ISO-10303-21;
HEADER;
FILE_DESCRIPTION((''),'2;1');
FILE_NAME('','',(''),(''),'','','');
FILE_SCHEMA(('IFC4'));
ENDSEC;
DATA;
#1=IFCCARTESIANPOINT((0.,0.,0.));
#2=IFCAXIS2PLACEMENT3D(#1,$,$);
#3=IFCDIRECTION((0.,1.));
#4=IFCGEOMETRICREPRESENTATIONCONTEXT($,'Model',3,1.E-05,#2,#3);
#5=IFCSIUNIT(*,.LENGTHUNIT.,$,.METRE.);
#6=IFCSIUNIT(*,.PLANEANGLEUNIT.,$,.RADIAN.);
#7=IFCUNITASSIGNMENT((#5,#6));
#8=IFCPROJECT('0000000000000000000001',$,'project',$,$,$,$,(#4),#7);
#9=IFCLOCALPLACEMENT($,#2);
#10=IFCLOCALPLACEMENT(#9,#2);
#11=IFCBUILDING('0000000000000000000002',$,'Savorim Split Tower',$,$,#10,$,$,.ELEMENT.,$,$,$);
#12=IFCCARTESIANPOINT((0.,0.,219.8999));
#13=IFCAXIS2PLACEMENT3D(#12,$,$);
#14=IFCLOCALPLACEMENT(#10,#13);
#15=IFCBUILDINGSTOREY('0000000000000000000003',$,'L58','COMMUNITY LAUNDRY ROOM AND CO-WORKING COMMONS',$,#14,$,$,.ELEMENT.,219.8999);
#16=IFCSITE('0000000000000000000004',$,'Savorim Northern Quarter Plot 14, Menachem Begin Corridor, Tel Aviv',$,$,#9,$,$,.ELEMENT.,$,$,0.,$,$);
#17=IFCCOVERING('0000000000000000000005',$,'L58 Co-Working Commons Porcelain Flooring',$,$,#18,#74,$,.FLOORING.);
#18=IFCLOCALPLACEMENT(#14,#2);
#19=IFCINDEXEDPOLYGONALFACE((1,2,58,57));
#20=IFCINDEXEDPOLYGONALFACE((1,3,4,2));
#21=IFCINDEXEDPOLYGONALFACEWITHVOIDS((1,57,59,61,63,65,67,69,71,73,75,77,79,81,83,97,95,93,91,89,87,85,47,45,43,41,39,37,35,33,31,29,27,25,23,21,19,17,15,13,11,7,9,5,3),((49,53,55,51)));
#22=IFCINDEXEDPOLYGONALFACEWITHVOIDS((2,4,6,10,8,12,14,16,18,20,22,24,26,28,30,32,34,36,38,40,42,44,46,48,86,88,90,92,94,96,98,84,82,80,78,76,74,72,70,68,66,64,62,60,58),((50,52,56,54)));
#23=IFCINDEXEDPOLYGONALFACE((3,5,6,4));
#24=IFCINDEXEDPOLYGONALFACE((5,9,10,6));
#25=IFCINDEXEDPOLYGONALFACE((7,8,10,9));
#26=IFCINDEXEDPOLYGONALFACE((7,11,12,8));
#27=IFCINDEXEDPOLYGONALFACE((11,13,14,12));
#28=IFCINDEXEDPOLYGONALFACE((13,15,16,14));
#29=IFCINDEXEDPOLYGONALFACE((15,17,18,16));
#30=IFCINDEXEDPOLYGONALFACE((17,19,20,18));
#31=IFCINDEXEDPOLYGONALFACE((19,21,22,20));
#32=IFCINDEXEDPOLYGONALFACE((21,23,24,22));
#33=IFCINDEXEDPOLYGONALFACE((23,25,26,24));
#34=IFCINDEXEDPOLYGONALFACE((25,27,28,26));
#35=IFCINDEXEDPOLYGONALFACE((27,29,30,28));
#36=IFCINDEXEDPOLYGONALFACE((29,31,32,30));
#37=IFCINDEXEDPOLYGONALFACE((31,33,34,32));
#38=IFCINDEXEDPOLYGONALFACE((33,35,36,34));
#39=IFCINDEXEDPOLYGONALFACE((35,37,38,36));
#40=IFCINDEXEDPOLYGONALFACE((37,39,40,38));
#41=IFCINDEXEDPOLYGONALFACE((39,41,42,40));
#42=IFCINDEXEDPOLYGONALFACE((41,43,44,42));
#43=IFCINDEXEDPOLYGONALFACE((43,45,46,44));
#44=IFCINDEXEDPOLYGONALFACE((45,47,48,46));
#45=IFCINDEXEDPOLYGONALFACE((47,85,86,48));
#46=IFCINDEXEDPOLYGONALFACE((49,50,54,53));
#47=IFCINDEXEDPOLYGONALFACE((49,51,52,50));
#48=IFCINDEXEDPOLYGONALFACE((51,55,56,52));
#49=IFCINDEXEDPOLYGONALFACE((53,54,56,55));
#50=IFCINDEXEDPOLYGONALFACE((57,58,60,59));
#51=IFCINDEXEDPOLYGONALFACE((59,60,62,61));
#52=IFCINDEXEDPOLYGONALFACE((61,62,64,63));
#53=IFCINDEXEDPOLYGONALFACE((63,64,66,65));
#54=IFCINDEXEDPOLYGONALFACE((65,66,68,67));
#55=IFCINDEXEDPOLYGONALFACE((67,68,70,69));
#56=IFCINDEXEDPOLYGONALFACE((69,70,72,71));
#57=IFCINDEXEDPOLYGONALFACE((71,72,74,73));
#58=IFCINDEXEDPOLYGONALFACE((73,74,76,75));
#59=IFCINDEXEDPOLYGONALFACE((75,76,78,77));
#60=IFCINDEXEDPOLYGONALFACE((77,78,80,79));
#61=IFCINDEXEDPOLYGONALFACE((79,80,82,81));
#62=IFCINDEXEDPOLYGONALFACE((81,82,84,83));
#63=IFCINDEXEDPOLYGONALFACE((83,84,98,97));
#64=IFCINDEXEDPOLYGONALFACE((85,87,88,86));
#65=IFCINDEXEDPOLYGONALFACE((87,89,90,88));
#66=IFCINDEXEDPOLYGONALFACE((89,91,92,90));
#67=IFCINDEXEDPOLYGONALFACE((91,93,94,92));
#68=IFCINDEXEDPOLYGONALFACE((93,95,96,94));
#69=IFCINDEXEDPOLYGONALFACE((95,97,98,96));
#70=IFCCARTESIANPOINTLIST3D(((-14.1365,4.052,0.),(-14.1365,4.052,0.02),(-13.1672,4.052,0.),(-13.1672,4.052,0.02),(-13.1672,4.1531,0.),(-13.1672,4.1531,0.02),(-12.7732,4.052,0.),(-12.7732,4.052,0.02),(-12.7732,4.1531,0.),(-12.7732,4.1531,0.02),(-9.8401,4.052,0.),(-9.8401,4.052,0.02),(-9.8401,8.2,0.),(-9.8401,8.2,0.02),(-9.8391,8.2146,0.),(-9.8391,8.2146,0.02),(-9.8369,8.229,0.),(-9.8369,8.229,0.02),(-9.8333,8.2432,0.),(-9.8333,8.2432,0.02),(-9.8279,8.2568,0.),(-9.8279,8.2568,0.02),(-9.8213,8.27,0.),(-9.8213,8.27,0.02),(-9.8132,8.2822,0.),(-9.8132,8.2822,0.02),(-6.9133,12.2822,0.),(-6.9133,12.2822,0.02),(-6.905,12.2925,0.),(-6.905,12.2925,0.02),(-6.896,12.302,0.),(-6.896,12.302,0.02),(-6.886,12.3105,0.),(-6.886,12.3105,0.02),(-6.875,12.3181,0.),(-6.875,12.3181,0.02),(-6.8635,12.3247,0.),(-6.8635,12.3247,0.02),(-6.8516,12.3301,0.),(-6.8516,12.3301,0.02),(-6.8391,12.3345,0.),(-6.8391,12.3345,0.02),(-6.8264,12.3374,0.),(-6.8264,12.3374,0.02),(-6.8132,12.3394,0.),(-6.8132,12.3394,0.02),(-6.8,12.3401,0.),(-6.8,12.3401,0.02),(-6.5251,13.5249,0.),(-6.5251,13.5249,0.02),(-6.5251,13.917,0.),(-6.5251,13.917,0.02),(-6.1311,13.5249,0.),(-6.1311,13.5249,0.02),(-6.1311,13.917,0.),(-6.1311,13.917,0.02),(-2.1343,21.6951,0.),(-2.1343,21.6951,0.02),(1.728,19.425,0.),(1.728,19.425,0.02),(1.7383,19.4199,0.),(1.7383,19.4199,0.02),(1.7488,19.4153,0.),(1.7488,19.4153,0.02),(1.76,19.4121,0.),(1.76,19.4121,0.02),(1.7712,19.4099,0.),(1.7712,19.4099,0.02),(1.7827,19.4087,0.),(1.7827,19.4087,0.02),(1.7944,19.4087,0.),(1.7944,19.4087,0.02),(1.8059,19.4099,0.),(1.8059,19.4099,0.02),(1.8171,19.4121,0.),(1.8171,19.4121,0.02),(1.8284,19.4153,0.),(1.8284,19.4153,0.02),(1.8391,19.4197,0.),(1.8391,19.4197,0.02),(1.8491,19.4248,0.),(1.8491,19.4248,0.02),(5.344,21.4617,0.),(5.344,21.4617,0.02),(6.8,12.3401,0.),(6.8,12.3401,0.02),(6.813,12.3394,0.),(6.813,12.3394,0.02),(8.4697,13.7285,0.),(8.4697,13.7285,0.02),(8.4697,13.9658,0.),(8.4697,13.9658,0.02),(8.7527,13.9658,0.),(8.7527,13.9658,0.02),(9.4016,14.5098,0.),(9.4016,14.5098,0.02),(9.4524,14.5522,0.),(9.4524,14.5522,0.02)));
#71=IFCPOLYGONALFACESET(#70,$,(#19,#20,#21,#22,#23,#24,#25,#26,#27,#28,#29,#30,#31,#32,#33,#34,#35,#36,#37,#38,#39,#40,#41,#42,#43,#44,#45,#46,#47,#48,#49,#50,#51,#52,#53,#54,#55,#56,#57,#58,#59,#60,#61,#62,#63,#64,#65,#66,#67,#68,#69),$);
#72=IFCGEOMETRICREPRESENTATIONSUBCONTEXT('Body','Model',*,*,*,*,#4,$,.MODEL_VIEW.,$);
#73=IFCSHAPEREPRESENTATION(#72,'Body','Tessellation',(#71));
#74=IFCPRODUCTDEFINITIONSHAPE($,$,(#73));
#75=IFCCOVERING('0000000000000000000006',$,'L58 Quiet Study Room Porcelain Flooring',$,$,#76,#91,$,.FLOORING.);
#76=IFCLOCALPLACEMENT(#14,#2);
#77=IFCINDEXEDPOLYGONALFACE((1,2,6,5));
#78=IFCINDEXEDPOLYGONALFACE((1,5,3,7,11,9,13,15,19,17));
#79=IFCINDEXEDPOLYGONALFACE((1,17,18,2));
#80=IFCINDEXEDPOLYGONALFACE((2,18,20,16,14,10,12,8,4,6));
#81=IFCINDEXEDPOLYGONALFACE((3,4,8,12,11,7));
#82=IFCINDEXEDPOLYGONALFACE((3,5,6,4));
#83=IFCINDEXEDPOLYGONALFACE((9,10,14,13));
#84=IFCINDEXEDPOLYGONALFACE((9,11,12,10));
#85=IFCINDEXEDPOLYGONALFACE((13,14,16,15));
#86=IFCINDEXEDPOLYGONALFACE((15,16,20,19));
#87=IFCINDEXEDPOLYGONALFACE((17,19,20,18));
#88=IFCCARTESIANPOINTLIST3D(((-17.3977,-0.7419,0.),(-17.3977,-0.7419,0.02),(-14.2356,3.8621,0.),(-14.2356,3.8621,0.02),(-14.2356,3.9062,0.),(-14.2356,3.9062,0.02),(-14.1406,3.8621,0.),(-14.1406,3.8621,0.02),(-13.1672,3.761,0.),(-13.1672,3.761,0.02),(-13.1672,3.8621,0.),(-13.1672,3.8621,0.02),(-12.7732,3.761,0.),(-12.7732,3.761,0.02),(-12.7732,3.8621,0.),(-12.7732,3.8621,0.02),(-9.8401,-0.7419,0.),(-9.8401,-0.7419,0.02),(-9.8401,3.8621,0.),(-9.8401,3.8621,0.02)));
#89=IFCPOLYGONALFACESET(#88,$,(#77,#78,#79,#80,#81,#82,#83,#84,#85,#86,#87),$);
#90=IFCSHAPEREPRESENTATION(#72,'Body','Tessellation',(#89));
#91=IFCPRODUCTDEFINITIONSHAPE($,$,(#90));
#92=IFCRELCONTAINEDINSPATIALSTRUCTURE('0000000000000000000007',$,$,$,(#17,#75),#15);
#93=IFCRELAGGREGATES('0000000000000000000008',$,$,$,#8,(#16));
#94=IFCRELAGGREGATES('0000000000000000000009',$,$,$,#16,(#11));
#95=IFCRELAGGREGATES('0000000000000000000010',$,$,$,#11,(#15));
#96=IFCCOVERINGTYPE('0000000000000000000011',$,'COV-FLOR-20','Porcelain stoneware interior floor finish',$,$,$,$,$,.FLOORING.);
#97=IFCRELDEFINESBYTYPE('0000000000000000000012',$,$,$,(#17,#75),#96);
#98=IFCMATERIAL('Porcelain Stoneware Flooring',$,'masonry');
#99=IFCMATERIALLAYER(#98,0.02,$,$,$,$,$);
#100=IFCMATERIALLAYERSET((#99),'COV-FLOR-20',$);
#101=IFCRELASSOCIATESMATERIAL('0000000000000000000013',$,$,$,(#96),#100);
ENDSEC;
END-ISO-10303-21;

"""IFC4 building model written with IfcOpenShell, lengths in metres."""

from ifc_helpers import new_model, si_unit, direction, frame, origin, place, context, subcontext, project, spatial, polyline, outline, extrude, material, layer, layer_set, type_object, element, save


model = new_model("IFC4")

# Units and contexts
model_context = context("Model", 3, precision=1e-05, world=origin(), true_north=direction((0.0, 1.0)))
body_context = subcontext(model_context, "Body", "Model", "MODEL_VIEW")
ifc_project = project(units=[si_unit("LENGTHUNIT", "METRE"), si_unit("PLANEANGLEUNIT", "RADIAN")], contexts=[model_context])

# Site, building, storey
site_placement = place(None, origin())
site = spatial("IfcSite", under=ifc_project, at=site_placement, Name="Savorim Northern Quarter Plot 14, Menachem Begin Corridor, Tel Aviv", CompositionType="ELEMENT", RefElevation=0.0)
building_placement = place(site_placement, origin())
building = spatial("IfcBuilding", under=site, at=building_placement, Name="Savorim Split Tower", CompositionType="ELEMENT")
storey_placement = place(building_placement, frame((0.0, 0.0, 219.8999)))
storey = spatial("IfcBuildingStorey", under=building, at=storey_placement, Name="L58", Description="COMMUNITY LAUNDRY ROOM AND CO-WORKING COMMONS", CompositionType="ELEMENT", Elevation=219.8999)

# Coverings
ifc_material_1 = material(Name="Porcelain Stoneware Flooring", Category="masonry")
ifc_layer_1 = layer(ifc_material_1, 0.02)
ifc_layer_set_1 = layer_set([ifc_layer_1], Name="COV-FLOR-20")
covering_type_1 = type_object("IfcCoveringType", Name="COV-FLOR-20", Description="Porcelain stoneware interior floor finish", PredefinedType="FLOORING", material=ifc_layer_set_1)
covering_1_placement = place(storey_placement, origin())
element("IfcCovering", 1, at=covering_1_placement, inside=storey, type_object=covering_type_1, Name="L58 Co-Working Commons Porcelain Flooring", PredefinedType="FLOORING", context=body_context, shape_type="SweptSolid", body=[
    extrude(outline(polyline([(1.7488, 19.4153), (1.7383, 19.4199), (1.728, 19.425), (-2.1343, 21.6951), (-14.1365, 4.052), (-13.1672, 4.052), (-13.1672, 4.1531), (-12.7732, 4.1531), (-12.7732, 4.052), (-9.8401, 4.052), (-9.8401, 8.2), (-9.8391, 8.2146), (-9.8369, 8.229), (-9.8333, 8.2432), (-9.8279, 8.2568), (-9.8213, 8.27), (-9.8132, 8.2822), (-6.9133, 12.2822), (-6.905, 12.2925), (-6.896, 12.302), (-6.886, 12.3105), (-6.875, 12.3181), (-6.8635, 12.3247), (-6.8516, 12.3301), (-6.8391, 12.3345), (-6.8264, 12.3374), (-6.8132, 12.3394), (-6.8, 12.3401), (6.8, 12.3401), (6.813, 12.3394), (8.4697, 13.7285), (8.4697, 13.9658), (8.7527, 13.9658), (9.4016, 14.5098), (9.4524, 14.5522), (5.344, 21.4617), (1.8491, 19.4248), (1.8391, 19.4197), (1.8284, 19.4153), (1.8171, 19.4121), (1.8059, 19.4099), (1.7944, 19.4087), (1.7827, 19.4087), (1.7712, 19.4099), (1.76, 19.4121), (1.7488, 19.4153)]), holes=[polyline([(-6.1311, 13.917), (-6.5251, 13.917), (-6.5251, 13.5249), (-6.1311, 13.5249), (-6.1311, 13.917)])]), origin(), (0.0, 0.0, 1.0), 0.02),
])
covering_2_placement = place(storey_placement, origin())
element("IfcCovering", 2, at=covering_2_placement, inside=storey, type_object=covering_type_1, Name="L58 Quiet Study Room Porcelain Flooring", PredefinedType="FLOORING", context=body_context, shape_type="SweptSolid", body=[
    extrude(outline(polyline([(-13.1672, 3.8621), (-14.1406, 3.8621), (-14.2356, 3.8621), (-14.2356, 3.9062), (-17.3977, -0.7419), (-9.8401, -0.7419), (-9.8401, 3.8621), (-12.7732, 3.8621), (-12.7732, 3.761), (-13.1672, 3.761), (-13.1672, 3.8621)])), origin(), (0.0, 0.0, 1.0), 0.02),
])

save(model, "model.ifc")
